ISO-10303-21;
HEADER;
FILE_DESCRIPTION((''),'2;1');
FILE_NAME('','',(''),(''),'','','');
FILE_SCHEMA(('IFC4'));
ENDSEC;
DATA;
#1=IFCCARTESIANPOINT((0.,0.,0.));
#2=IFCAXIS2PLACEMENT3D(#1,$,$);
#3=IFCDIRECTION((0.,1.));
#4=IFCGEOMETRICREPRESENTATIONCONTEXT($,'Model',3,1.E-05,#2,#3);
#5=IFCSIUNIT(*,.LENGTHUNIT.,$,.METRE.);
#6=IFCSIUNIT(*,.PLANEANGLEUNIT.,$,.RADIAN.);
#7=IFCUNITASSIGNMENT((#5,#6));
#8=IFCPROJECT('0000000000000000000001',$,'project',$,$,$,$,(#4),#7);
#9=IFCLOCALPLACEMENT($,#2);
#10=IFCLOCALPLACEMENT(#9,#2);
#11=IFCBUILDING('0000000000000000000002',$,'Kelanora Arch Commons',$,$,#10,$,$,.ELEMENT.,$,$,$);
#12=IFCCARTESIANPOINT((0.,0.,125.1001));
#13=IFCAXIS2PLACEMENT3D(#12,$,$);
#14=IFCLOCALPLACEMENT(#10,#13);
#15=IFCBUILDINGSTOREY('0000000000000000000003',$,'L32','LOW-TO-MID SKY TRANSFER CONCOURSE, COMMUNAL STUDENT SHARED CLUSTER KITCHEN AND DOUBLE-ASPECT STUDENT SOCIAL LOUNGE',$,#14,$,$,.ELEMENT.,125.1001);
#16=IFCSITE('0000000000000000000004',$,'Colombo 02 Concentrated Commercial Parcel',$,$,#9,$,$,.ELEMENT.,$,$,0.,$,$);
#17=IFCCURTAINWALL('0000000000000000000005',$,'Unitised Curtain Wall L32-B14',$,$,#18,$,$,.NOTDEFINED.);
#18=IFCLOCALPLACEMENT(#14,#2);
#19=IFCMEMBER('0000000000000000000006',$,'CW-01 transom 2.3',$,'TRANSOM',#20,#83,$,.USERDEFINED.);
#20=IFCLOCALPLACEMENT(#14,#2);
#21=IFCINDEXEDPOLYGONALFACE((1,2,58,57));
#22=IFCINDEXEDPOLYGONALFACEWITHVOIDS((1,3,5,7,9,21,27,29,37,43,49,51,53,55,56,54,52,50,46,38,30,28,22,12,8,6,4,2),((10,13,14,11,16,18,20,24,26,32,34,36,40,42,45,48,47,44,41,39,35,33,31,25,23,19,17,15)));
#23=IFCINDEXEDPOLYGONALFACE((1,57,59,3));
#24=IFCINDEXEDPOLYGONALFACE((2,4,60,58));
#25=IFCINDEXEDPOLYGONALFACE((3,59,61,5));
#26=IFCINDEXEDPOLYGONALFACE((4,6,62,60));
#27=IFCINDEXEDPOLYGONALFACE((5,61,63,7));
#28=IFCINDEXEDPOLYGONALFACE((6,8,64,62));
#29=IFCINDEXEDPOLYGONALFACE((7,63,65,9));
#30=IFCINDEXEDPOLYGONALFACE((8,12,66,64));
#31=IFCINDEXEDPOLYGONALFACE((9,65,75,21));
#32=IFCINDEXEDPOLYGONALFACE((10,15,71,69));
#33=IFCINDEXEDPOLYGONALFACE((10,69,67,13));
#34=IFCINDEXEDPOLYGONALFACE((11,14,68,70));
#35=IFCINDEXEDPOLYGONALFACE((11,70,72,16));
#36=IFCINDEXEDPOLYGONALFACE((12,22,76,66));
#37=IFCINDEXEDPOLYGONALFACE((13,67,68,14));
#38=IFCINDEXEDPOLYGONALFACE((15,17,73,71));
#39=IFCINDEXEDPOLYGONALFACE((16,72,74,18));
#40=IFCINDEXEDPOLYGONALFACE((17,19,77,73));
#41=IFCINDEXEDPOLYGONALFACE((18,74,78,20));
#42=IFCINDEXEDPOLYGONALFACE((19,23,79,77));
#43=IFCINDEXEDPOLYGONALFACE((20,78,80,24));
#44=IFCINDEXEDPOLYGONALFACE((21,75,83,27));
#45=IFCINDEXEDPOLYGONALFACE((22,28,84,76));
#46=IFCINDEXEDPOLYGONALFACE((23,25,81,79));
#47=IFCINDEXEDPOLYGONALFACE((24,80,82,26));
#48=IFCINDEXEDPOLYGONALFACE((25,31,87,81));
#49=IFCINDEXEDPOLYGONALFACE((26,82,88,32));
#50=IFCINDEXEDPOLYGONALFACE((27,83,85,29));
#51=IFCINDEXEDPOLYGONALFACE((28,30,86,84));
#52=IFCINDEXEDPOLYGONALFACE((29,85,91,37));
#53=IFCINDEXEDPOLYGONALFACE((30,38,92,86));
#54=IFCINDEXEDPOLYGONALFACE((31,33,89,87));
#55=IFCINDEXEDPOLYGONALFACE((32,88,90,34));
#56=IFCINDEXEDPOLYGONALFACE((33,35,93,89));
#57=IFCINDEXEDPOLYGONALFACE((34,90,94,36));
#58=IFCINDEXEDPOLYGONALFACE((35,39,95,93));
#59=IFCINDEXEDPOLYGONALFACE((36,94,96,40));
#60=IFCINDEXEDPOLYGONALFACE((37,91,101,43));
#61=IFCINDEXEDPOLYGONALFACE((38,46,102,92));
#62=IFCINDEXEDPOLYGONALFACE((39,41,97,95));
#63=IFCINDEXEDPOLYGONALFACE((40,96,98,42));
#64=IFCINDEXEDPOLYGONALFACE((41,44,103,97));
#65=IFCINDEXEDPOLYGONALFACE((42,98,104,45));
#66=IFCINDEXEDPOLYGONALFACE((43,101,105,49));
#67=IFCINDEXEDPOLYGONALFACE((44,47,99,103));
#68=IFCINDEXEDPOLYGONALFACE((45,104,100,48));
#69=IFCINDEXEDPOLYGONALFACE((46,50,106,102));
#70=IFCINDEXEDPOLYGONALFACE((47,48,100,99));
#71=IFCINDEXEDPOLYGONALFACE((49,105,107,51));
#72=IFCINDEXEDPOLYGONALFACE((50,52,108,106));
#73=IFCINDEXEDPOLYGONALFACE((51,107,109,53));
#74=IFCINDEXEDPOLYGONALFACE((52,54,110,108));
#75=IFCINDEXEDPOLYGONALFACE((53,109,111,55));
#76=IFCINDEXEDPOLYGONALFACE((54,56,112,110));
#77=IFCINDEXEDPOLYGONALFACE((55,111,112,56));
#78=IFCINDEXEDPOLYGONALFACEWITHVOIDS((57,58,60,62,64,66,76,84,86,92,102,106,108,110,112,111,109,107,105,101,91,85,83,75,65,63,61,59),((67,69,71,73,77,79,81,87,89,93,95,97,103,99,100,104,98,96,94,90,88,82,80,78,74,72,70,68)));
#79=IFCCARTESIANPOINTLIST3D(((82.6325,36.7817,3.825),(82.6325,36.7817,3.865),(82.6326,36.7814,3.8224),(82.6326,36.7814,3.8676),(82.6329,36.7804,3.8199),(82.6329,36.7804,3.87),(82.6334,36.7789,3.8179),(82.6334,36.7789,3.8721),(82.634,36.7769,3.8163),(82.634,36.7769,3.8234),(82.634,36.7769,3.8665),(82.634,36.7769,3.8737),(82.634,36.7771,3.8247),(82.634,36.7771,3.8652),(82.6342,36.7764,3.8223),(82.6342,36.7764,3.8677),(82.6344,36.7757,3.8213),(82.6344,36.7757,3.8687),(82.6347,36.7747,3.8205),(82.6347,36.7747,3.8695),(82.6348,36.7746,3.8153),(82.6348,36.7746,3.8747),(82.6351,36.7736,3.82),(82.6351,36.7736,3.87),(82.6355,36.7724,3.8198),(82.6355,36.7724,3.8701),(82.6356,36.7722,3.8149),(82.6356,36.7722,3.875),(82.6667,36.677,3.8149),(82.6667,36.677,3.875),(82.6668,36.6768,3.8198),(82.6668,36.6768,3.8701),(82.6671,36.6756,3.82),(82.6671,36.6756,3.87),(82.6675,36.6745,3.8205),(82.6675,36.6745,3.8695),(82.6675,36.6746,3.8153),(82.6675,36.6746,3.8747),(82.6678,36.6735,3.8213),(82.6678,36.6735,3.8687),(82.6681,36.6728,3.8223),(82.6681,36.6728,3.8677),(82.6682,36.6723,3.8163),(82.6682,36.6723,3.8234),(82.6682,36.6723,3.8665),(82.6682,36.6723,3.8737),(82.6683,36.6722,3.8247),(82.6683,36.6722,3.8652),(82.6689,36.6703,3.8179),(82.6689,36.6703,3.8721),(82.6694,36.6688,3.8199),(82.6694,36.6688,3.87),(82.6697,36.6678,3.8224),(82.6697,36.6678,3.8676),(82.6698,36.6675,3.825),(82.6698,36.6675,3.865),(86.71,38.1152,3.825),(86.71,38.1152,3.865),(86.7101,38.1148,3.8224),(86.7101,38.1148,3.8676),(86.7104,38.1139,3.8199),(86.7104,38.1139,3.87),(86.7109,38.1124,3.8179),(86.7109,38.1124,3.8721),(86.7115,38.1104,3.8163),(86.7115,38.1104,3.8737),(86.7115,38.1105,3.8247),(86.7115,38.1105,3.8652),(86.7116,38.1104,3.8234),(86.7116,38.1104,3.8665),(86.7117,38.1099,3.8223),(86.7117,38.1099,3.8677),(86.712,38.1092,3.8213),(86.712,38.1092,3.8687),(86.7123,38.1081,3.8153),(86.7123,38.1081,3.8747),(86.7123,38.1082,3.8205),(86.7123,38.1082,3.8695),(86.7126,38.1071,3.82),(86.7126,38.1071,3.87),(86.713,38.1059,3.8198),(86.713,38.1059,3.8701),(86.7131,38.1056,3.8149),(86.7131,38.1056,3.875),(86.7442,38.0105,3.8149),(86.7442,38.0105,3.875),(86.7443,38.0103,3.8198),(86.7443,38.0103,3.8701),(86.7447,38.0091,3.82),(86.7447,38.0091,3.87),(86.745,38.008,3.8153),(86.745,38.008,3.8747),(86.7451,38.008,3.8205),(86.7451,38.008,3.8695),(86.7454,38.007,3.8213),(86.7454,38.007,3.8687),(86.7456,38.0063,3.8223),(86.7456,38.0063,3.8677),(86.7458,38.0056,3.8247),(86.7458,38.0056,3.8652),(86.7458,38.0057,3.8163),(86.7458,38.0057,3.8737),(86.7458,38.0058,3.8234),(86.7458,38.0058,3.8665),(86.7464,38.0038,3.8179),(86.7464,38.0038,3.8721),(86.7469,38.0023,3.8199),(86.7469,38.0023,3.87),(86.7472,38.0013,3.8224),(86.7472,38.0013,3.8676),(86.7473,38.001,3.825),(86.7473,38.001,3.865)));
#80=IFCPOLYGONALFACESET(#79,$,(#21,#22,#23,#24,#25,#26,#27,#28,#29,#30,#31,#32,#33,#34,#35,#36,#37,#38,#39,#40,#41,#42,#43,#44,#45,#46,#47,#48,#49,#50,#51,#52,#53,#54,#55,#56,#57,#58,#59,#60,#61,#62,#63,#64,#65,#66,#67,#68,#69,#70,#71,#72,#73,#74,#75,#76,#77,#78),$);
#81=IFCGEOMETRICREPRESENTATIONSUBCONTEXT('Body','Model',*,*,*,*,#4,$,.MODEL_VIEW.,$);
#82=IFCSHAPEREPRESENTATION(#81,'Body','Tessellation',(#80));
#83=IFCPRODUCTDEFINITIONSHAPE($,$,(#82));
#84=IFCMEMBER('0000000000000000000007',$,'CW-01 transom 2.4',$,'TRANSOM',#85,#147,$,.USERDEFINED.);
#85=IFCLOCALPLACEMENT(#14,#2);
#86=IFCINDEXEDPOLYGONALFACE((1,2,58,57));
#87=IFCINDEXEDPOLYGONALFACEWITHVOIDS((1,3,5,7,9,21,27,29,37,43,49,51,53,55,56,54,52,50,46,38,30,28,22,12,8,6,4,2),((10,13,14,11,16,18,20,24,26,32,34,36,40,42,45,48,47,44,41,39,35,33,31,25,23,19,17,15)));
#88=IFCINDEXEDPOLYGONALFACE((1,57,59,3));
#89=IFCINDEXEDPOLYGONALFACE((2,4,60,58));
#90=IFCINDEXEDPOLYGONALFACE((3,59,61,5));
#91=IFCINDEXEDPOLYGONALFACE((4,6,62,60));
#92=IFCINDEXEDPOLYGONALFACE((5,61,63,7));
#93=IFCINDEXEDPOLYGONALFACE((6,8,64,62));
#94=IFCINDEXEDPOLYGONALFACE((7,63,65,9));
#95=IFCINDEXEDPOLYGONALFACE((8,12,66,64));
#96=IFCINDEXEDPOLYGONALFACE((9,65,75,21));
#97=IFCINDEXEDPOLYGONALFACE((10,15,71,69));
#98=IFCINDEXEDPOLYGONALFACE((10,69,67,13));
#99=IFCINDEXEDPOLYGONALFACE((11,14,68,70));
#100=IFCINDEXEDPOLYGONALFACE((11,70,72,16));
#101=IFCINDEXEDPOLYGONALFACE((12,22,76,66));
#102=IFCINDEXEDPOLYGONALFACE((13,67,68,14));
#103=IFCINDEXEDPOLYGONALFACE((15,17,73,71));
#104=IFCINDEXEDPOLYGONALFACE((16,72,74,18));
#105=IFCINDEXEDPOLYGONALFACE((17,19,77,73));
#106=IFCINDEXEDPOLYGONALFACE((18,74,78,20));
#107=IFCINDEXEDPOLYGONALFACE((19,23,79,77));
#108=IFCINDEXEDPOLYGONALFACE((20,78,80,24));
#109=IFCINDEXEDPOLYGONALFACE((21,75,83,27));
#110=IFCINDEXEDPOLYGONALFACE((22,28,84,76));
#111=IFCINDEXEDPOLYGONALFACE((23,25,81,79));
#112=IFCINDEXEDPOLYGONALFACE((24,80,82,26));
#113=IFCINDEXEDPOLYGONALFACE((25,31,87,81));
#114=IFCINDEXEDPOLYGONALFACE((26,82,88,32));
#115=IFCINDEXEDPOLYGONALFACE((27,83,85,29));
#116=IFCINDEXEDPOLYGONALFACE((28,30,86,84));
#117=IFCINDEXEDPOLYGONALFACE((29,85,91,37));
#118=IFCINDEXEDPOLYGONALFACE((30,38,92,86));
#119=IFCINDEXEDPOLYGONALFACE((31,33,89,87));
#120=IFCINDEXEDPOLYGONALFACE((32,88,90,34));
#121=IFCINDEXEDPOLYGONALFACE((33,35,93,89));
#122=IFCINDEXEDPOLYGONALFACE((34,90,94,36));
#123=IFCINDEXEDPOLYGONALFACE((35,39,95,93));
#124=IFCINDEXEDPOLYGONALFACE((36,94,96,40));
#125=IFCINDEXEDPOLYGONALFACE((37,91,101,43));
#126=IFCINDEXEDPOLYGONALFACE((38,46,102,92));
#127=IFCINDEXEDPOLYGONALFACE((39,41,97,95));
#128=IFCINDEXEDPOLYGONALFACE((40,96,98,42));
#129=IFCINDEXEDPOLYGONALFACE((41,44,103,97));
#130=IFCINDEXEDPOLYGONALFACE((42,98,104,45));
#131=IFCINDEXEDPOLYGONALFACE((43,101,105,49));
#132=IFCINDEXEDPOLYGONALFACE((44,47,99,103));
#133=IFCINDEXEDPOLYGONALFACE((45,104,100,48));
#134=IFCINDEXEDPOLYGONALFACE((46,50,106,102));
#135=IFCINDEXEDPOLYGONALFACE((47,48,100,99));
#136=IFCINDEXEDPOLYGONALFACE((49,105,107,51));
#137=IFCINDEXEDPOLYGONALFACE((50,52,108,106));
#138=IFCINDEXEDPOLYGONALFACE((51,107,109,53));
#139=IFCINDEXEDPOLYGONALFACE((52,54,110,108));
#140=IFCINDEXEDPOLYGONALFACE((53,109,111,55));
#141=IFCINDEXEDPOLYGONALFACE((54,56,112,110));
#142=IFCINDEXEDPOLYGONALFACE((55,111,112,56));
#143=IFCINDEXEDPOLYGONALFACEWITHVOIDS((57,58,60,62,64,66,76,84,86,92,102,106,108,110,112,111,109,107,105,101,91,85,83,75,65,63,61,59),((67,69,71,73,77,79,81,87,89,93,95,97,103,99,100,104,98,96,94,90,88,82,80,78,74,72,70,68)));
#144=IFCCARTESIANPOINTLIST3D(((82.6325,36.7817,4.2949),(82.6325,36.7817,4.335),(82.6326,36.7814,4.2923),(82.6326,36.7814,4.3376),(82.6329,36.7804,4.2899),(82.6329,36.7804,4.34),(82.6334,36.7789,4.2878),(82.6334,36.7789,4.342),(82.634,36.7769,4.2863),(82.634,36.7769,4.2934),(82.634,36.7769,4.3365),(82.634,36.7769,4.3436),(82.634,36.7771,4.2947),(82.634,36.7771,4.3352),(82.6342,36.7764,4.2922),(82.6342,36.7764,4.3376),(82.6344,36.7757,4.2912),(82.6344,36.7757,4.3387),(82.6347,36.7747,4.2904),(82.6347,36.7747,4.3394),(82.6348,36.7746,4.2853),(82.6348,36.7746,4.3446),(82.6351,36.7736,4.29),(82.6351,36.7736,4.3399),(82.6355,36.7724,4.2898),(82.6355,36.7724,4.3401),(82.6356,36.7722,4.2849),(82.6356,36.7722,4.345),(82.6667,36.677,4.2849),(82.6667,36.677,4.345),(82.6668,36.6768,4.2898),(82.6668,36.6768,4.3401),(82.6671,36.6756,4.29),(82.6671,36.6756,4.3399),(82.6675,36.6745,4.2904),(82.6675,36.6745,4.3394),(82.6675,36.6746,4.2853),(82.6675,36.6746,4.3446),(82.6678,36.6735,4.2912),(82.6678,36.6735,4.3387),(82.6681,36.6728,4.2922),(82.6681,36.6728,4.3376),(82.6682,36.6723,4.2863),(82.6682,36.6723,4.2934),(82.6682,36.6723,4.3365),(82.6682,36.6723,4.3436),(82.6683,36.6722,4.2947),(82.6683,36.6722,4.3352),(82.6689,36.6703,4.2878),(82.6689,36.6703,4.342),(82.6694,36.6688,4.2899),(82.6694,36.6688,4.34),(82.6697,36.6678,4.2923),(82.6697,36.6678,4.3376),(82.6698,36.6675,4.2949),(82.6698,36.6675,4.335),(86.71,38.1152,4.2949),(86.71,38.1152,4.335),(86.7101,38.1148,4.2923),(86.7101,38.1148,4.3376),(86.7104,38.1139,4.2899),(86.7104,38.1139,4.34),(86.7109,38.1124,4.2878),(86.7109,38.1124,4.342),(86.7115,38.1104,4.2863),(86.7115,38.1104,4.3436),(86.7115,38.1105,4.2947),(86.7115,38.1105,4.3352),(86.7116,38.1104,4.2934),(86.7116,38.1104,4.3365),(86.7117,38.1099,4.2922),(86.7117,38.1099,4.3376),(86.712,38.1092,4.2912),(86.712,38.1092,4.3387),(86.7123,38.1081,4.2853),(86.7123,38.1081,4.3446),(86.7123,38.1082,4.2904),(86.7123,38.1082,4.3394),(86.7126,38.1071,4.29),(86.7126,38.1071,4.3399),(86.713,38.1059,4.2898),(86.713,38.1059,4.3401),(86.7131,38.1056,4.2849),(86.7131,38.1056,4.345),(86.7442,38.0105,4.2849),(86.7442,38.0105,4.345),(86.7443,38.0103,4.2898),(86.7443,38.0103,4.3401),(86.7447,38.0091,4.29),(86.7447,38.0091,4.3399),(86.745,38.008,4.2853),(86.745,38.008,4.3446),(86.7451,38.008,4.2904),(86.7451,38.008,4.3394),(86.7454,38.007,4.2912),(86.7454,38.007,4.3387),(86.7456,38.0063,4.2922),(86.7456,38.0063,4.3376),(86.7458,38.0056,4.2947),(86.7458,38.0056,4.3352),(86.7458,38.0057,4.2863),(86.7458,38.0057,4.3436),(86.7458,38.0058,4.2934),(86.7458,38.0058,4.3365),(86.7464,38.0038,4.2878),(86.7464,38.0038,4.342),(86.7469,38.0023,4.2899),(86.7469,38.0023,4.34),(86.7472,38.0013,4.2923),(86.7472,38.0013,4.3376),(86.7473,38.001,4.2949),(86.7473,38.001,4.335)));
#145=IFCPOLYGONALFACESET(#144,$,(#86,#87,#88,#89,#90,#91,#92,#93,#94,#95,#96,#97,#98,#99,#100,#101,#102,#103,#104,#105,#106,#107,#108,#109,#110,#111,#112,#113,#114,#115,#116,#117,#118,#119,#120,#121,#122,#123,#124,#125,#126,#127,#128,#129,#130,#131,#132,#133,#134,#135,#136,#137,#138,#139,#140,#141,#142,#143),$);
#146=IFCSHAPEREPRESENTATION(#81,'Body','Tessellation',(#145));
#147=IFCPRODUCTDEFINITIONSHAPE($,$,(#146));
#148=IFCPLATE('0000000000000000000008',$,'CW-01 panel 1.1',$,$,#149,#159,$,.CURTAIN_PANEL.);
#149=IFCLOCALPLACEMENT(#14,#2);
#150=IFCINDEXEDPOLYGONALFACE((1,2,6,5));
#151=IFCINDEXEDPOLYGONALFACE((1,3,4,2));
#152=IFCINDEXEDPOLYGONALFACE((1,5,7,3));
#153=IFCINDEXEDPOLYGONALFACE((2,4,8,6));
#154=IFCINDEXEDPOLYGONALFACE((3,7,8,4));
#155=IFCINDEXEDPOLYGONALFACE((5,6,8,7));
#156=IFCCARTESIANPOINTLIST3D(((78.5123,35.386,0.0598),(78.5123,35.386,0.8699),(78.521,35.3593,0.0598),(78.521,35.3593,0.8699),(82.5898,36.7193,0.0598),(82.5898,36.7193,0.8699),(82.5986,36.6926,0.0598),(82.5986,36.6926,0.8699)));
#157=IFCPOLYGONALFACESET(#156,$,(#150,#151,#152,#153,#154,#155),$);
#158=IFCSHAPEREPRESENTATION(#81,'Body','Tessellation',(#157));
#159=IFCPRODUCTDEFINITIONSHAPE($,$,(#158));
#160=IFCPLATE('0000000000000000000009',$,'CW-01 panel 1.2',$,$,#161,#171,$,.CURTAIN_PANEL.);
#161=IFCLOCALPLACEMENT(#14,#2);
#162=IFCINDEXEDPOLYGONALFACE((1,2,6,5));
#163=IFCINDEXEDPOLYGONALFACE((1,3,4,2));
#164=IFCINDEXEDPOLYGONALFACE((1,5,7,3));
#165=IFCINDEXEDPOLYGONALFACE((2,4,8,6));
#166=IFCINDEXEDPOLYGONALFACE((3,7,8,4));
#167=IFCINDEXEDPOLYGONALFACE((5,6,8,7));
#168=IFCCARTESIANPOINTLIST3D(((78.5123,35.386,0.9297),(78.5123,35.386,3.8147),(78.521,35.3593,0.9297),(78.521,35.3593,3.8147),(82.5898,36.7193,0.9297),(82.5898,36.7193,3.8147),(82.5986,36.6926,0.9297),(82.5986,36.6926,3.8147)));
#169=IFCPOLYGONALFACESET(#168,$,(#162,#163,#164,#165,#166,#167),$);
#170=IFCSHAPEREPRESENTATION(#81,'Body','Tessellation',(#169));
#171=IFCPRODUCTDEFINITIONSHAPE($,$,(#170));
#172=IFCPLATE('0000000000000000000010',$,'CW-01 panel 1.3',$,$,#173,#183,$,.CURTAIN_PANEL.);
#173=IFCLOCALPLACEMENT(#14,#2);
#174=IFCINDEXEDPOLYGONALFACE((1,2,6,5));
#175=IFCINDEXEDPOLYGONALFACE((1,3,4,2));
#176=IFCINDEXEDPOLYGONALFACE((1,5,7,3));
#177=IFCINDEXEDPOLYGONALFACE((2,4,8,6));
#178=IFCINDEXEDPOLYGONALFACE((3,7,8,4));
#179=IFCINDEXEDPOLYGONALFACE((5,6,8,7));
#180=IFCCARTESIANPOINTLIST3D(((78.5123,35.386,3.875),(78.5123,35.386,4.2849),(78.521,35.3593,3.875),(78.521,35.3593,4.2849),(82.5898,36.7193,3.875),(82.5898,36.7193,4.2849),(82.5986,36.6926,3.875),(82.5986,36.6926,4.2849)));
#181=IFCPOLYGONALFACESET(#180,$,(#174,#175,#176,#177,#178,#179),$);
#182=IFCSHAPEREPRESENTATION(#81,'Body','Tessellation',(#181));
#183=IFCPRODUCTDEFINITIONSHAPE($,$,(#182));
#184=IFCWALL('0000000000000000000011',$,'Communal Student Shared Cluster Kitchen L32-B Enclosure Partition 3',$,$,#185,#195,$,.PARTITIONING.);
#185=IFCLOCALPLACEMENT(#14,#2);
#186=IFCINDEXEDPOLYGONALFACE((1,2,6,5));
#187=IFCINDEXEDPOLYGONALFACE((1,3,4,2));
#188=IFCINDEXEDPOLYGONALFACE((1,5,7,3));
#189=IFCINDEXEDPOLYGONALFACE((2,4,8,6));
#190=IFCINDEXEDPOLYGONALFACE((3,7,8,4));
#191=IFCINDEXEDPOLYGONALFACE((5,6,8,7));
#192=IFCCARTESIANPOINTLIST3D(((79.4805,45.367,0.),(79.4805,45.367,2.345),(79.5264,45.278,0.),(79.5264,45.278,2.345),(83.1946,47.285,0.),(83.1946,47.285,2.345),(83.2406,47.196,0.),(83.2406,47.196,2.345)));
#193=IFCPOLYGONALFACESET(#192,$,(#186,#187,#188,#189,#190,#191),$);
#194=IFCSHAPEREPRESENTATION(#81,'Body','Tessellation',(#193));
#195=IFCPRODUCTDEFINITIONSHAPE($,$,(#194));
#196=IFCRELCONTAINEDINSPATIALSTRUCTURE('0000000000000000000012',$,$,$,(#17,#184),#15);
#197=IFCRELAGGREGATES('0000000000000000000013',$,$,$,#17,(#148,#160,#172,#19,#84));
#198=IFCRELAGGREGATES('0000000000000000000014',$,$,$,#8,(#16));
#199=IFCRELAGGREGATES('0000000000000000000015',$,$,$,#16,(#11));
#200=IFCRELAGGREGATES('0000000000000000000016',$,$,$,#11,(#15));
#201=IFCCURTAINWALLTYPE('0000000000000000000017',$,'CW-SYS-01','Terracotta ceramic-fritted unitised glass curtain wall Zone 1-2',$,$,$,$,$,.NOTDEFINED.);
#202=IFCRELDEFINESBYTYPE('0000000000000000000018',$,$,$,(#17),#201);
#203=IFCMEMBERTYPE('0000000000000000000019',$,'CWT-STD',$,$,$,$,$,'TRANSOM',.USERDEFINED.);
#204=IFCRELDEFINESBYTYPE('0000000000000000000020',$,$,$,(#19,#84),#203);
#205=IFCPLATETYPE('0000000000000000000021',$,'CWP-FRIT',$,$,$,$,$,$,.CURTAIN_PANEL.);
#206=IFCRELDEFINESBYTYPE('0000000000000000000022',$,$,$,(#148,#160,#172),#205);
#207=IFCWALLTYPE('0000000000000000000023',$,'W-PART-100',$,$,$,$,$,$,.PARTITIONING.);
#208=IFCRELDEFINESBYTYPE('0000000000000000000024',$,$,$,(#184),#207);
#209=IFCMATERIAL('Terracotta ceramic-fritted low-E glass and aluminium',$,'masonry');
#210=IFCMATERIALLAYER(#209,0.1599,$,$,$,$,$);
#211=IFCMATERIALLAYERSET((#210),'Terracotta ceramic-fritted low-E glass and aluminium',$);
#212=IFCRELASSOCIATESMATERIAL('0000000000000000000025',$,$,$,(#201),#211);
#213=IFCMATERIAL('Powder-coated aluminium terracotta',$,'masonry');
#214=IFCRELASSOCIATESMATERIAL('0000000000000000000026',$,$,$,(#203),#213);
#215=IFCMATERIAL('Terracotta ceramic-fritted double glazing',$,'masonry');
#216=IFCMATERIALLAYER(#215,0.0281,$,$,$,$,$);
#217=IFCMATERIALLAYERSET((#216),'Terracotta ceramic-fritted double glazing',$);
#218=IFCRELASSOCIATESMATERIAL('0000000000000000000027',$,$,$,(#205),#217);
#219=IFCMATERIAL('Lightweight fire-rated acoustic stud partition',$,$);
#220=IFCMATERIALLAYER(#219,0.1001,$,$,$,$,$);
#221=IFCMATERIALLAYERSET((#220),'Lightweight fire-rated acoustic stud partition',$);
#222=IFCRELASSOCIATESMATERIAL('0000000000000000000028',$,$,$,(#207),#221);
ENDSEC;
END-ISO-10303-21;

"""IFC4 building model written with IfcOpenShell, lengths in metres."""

from ifc_helpers import new_model, si_unit, direction, frame, frame_2d, origin, origin_2d, place, context, subcontext, project, spatial, rectangle, hollow_rectangle, extrude, source, transform, mapped, material, layer, layer_set, material_profile, profile_set, type_object, element, aggregate, save


model = new_model("IFC4")

# Units and contexts
model_context = context("Model", 3, precision=1e-05, world=origin(), true_north=direction((0.0, 1.0)))
body_context = subcontext(model_context, "Body", "Model", "MODEL_VIEW")
ifc_project = project(units=[si_unit("LENGTHUNIT", "METRE"), si_unit("PLANEANGLEUNIT", "RADIAN")], contexts=[model_context])

# Site, building, storey
site_placement = place(None, origin())
site = spatial("IfcSite", under=ifc_project, at=site_placement, Name="Colombo 02 Concentrated Commercial Parcel", CompositionType="ELEMENT", RefElevation=0.0)
building_placement = place(site_placement, origin())
building = spatial("IfcBuilding", under=site, at=building_placement, Name="Kelanora Arch Commons", CompositionType="ELEMENT")
storey_placement = place(building_placement, frame((0.0, 0.0, 125.1001)))
storey = spatial("IfcBuildingStorey", under=building, at=storey_placement, Name="L32", Description="LOW-TO-MID SKY TRANSFER CONCOURSE, COMMUNAL STUDENT SHARED CLUSTER KITCHEN AND DOUBLE-ASPECT STUDENT SOCIAL LOUNGE", CompositionType="ELEMENT", Elevation=125.1001)

# Curtain wall, members, plates
ifc_material_1 = material(Name="Terracotta ceramic-fritted low-E glass and aluminium", Category="masonry")
ifc_layer_1 = layer(ifc_material_1, 0.1599)
ifc_layer_set_1 = layer_set([ifc_layer_1], Name="Terracotta ceramic-fritted low-E glass and aluminium")
curtain_wall_type = type_object("IfcCurtainWallType", Name="CW-SYS-01", Description="Terracotta ceramic-fritted unitised glass curtain wall Zone 1-2", PredefinedType="NOTDEFINED", material=ifc_layer_set_1)
curtain_wall_placement = place(storey_placement, origin())
curtain_wall = element("IfcCurtainWall", 1, at=curtain_wall_placement, inside=storey, type_object=curtain_wall_type, Name="Unitised Curtain Wall L32-B14", PredefinedType="NOTDEFINED")
ifc_material_2 = material(Name="Powder-coated aluminium terracotta", Category="masonry")
ifc_material_profile_1 = material_profile(ifc_material_2, hollow_rectangle(XDim=0.1201, YDim=0.0601, WallThickness=0.0049, InnerFilletRadius=0.0049, OuterFilletRadius=0.01, at=origin_2d()), Name="CWT120x60")
ifc_profile_set_1 = profile_set([ifc_material_profile_1], Name="Powder-coated aluminium terracotta")
member_type_1 = type_object("IfcMemberType", Name="CWT-STD", ElementType="TRANSOM", PredefinedType="USERDEFINED", material=ifc_profile_set_1)
member_1_placement = place(storey_placement, frame((82.6511, 36.7246, 3.845), z_axis=(0.950466, 0.310828, 0.0), x_axis=(-0.310828, 0.950466, 0.0)))
member_1 = element("IfcMember", 2, at=member_1_placement, type_object=member_type_1, Name="CW-01 transom 2.3", ObjectType="TRANSOM", PredefinedType="USERDEFINED", context=body_context, shape_type="SweptSolid", body=[
    extrude(hollow_rectangle(XDim=0.1201, YDim=0.0601, WallThickness=0.0049, InnerFilletRadius=0.0049, OuterFilletRadius=0.01, at=origin_2d()), origin(), (0.0, 0.0, 1.0), 4.29),
])
member_2_placement = place(storey_placement, frame((82.6511, 36.7246, 4.3149), z_axis=(0.950466, 0.310828, 0.0), x_axis=(-0.310828, 0.950466, 0.0)))
member_2 = element("IfcMember", 3, at=member_2_placement, type_object=member_type_1, Name="CW-01 transom 2.4", ObjectType="TRANSOM", PredefinedType="USERDEFINED", context=body_context, shape_type="SweptSolid", body=[
    extrude(hollow_rectangle(XDim=0.1201, YDim=0.0601, WallThickness=0.0049, InnerFilletRadius=0.0049, OuterFilletRadius=0.01, at=origin_2d()), origin(), (0.0, 0.0, 1.0), 4.29),
])
ifc_material_3 = material(Name="Terracotta ceramic-fritted double glazing", Category="masonry")
ifc_layer_2 = layer(ifc_material_3, 0.0281)
ifc_layer_set_2 = layer_set([ifc_layer_2], Name="Terracotta ceramic-fritted double glazing")
plate_type = type_object("IfcPlateType", Name="CWP-FRIT", PredefinedType="CURTAIN_PANEL", material=ifc_layer_set_2)
shared_shape_1 = source(origin(), body_context, "Body", "SweptSolid", [
    extrude(rectangle(XDim=4.29, YDim=0.0281, at=origin_2d()), origin(), (0.0, 0.0, 1.0), 0.8101),
])
plate_1_placement = place(storey_placement, frame((80.5554, 36.0393, 0.0598), z_axis=(0.0, 0.0, 1.0), x_axis=(0.950474, 0.310805, 0.0)))
plate_1 = element("IfcPlate", 4, at=plate_1_placement, type_object=plate_type, Name="CW-01 panel 1.1", PredefinedType="CURTAIN_PANEL", context=body_context, shape_type="MappedRepresentation", body=[
    mapped(shared_shape_1, transform((0.0, 0.0, 0.0), scale=1.0)),
])
shared_shape_2 = source(origin(), body_context, "Body", "SweptSolid", [
    extrude(rectangle(XDim=4.29, YDim=0.0281, at=origin_2d()), origin(), (0.0, 0.0, 1.0), 2.885),
])
plate_2_placement = place(storey_placement, frame((80.5554, 36.0393, 0.9297), z_axis=(0.0, 0.0, 1.0), x_axis=(0.950474, 0.310805, 0.0)))
plate_2 = element("IfcPlate", 5, at=plate_2_placement, type_object=plate_type, Name="CW-01 panel 1.2", PredefinedType="CURTAIN_PANEL", context=body_context, shape_type="MappedRepresentation", body=[
    mapped(shared_shape_2, transform((0.0, 0.0, 0.0), scale=1.0)),
])
shared_shape_3 = source(origin(), body_context, "Body", "SweptSolid", [
    extrude(rectangle(XDim=4.29, YDim=0.0281, at=origin_2d()), origin(), (0.0, 0.0, 1.0), 0.4099),
])
plate_3_placement = place(storey_placement, frame((80.5554, 36.0393, 3.875), z_axis=(0.0, 0.0, 1.0), x_axis=(0.950474, 0.310805, 0.0)))
plate_3 = element("IfcPlate", 6, at=plate_3_placement, type_object=plate_type, Name="CW-01 panel 1.3", PredefinedType="CURTAIN_PANEL", context=body_context, shape_type="MappedRepresentation", body=[
    mapped(shared_shape_3, transform((0.0, 0.0, 0.0), scale=1.0)),
])
aggregate(curtain_wall, [plate_1, plate_2, plate_3, member_1, member_2])

# Wall
ifc_material_4 = material(Name="Lightweight fire-rated acoustic stud partition")
ifc_layer_3 = layer(ifc_material_4, 0.1001)
ifc_layer_set_3 = layer_set([ifc_layer_3], Name="Lightweight fire-rated acoustic stud partition")
wall_type_1 = type_object("IfcWallType", Name="W-PART-100", PredefinedType="PARTITIONING", material=ifc_layer_set_3)
wall_1_placement = place(storey_placement, frame((79.5034, 45.3225, 0.0), z_axis=(0.0, 0.0, 1.0), x_axis=(0.888522, 0.458833, 0.0)))
element("IfcWall", 7, at=wall_1_placement, inside=storey, type_object=wall_type_1, Name="Communal Student Shared Cluster Kitchen L32-B Enclosure Partition 3", PredefinedType="PARTITIONING", context=body_context, shape_type="SweptSolid", body=[
    extrude(rectangle(XDim=4.1802, YDim=0.1001, at=frame_2d((2.0901, 0.0))), origin(), (0.0, 0.0, 1.0), 2.345),
])

save(model, "model.ifc")
